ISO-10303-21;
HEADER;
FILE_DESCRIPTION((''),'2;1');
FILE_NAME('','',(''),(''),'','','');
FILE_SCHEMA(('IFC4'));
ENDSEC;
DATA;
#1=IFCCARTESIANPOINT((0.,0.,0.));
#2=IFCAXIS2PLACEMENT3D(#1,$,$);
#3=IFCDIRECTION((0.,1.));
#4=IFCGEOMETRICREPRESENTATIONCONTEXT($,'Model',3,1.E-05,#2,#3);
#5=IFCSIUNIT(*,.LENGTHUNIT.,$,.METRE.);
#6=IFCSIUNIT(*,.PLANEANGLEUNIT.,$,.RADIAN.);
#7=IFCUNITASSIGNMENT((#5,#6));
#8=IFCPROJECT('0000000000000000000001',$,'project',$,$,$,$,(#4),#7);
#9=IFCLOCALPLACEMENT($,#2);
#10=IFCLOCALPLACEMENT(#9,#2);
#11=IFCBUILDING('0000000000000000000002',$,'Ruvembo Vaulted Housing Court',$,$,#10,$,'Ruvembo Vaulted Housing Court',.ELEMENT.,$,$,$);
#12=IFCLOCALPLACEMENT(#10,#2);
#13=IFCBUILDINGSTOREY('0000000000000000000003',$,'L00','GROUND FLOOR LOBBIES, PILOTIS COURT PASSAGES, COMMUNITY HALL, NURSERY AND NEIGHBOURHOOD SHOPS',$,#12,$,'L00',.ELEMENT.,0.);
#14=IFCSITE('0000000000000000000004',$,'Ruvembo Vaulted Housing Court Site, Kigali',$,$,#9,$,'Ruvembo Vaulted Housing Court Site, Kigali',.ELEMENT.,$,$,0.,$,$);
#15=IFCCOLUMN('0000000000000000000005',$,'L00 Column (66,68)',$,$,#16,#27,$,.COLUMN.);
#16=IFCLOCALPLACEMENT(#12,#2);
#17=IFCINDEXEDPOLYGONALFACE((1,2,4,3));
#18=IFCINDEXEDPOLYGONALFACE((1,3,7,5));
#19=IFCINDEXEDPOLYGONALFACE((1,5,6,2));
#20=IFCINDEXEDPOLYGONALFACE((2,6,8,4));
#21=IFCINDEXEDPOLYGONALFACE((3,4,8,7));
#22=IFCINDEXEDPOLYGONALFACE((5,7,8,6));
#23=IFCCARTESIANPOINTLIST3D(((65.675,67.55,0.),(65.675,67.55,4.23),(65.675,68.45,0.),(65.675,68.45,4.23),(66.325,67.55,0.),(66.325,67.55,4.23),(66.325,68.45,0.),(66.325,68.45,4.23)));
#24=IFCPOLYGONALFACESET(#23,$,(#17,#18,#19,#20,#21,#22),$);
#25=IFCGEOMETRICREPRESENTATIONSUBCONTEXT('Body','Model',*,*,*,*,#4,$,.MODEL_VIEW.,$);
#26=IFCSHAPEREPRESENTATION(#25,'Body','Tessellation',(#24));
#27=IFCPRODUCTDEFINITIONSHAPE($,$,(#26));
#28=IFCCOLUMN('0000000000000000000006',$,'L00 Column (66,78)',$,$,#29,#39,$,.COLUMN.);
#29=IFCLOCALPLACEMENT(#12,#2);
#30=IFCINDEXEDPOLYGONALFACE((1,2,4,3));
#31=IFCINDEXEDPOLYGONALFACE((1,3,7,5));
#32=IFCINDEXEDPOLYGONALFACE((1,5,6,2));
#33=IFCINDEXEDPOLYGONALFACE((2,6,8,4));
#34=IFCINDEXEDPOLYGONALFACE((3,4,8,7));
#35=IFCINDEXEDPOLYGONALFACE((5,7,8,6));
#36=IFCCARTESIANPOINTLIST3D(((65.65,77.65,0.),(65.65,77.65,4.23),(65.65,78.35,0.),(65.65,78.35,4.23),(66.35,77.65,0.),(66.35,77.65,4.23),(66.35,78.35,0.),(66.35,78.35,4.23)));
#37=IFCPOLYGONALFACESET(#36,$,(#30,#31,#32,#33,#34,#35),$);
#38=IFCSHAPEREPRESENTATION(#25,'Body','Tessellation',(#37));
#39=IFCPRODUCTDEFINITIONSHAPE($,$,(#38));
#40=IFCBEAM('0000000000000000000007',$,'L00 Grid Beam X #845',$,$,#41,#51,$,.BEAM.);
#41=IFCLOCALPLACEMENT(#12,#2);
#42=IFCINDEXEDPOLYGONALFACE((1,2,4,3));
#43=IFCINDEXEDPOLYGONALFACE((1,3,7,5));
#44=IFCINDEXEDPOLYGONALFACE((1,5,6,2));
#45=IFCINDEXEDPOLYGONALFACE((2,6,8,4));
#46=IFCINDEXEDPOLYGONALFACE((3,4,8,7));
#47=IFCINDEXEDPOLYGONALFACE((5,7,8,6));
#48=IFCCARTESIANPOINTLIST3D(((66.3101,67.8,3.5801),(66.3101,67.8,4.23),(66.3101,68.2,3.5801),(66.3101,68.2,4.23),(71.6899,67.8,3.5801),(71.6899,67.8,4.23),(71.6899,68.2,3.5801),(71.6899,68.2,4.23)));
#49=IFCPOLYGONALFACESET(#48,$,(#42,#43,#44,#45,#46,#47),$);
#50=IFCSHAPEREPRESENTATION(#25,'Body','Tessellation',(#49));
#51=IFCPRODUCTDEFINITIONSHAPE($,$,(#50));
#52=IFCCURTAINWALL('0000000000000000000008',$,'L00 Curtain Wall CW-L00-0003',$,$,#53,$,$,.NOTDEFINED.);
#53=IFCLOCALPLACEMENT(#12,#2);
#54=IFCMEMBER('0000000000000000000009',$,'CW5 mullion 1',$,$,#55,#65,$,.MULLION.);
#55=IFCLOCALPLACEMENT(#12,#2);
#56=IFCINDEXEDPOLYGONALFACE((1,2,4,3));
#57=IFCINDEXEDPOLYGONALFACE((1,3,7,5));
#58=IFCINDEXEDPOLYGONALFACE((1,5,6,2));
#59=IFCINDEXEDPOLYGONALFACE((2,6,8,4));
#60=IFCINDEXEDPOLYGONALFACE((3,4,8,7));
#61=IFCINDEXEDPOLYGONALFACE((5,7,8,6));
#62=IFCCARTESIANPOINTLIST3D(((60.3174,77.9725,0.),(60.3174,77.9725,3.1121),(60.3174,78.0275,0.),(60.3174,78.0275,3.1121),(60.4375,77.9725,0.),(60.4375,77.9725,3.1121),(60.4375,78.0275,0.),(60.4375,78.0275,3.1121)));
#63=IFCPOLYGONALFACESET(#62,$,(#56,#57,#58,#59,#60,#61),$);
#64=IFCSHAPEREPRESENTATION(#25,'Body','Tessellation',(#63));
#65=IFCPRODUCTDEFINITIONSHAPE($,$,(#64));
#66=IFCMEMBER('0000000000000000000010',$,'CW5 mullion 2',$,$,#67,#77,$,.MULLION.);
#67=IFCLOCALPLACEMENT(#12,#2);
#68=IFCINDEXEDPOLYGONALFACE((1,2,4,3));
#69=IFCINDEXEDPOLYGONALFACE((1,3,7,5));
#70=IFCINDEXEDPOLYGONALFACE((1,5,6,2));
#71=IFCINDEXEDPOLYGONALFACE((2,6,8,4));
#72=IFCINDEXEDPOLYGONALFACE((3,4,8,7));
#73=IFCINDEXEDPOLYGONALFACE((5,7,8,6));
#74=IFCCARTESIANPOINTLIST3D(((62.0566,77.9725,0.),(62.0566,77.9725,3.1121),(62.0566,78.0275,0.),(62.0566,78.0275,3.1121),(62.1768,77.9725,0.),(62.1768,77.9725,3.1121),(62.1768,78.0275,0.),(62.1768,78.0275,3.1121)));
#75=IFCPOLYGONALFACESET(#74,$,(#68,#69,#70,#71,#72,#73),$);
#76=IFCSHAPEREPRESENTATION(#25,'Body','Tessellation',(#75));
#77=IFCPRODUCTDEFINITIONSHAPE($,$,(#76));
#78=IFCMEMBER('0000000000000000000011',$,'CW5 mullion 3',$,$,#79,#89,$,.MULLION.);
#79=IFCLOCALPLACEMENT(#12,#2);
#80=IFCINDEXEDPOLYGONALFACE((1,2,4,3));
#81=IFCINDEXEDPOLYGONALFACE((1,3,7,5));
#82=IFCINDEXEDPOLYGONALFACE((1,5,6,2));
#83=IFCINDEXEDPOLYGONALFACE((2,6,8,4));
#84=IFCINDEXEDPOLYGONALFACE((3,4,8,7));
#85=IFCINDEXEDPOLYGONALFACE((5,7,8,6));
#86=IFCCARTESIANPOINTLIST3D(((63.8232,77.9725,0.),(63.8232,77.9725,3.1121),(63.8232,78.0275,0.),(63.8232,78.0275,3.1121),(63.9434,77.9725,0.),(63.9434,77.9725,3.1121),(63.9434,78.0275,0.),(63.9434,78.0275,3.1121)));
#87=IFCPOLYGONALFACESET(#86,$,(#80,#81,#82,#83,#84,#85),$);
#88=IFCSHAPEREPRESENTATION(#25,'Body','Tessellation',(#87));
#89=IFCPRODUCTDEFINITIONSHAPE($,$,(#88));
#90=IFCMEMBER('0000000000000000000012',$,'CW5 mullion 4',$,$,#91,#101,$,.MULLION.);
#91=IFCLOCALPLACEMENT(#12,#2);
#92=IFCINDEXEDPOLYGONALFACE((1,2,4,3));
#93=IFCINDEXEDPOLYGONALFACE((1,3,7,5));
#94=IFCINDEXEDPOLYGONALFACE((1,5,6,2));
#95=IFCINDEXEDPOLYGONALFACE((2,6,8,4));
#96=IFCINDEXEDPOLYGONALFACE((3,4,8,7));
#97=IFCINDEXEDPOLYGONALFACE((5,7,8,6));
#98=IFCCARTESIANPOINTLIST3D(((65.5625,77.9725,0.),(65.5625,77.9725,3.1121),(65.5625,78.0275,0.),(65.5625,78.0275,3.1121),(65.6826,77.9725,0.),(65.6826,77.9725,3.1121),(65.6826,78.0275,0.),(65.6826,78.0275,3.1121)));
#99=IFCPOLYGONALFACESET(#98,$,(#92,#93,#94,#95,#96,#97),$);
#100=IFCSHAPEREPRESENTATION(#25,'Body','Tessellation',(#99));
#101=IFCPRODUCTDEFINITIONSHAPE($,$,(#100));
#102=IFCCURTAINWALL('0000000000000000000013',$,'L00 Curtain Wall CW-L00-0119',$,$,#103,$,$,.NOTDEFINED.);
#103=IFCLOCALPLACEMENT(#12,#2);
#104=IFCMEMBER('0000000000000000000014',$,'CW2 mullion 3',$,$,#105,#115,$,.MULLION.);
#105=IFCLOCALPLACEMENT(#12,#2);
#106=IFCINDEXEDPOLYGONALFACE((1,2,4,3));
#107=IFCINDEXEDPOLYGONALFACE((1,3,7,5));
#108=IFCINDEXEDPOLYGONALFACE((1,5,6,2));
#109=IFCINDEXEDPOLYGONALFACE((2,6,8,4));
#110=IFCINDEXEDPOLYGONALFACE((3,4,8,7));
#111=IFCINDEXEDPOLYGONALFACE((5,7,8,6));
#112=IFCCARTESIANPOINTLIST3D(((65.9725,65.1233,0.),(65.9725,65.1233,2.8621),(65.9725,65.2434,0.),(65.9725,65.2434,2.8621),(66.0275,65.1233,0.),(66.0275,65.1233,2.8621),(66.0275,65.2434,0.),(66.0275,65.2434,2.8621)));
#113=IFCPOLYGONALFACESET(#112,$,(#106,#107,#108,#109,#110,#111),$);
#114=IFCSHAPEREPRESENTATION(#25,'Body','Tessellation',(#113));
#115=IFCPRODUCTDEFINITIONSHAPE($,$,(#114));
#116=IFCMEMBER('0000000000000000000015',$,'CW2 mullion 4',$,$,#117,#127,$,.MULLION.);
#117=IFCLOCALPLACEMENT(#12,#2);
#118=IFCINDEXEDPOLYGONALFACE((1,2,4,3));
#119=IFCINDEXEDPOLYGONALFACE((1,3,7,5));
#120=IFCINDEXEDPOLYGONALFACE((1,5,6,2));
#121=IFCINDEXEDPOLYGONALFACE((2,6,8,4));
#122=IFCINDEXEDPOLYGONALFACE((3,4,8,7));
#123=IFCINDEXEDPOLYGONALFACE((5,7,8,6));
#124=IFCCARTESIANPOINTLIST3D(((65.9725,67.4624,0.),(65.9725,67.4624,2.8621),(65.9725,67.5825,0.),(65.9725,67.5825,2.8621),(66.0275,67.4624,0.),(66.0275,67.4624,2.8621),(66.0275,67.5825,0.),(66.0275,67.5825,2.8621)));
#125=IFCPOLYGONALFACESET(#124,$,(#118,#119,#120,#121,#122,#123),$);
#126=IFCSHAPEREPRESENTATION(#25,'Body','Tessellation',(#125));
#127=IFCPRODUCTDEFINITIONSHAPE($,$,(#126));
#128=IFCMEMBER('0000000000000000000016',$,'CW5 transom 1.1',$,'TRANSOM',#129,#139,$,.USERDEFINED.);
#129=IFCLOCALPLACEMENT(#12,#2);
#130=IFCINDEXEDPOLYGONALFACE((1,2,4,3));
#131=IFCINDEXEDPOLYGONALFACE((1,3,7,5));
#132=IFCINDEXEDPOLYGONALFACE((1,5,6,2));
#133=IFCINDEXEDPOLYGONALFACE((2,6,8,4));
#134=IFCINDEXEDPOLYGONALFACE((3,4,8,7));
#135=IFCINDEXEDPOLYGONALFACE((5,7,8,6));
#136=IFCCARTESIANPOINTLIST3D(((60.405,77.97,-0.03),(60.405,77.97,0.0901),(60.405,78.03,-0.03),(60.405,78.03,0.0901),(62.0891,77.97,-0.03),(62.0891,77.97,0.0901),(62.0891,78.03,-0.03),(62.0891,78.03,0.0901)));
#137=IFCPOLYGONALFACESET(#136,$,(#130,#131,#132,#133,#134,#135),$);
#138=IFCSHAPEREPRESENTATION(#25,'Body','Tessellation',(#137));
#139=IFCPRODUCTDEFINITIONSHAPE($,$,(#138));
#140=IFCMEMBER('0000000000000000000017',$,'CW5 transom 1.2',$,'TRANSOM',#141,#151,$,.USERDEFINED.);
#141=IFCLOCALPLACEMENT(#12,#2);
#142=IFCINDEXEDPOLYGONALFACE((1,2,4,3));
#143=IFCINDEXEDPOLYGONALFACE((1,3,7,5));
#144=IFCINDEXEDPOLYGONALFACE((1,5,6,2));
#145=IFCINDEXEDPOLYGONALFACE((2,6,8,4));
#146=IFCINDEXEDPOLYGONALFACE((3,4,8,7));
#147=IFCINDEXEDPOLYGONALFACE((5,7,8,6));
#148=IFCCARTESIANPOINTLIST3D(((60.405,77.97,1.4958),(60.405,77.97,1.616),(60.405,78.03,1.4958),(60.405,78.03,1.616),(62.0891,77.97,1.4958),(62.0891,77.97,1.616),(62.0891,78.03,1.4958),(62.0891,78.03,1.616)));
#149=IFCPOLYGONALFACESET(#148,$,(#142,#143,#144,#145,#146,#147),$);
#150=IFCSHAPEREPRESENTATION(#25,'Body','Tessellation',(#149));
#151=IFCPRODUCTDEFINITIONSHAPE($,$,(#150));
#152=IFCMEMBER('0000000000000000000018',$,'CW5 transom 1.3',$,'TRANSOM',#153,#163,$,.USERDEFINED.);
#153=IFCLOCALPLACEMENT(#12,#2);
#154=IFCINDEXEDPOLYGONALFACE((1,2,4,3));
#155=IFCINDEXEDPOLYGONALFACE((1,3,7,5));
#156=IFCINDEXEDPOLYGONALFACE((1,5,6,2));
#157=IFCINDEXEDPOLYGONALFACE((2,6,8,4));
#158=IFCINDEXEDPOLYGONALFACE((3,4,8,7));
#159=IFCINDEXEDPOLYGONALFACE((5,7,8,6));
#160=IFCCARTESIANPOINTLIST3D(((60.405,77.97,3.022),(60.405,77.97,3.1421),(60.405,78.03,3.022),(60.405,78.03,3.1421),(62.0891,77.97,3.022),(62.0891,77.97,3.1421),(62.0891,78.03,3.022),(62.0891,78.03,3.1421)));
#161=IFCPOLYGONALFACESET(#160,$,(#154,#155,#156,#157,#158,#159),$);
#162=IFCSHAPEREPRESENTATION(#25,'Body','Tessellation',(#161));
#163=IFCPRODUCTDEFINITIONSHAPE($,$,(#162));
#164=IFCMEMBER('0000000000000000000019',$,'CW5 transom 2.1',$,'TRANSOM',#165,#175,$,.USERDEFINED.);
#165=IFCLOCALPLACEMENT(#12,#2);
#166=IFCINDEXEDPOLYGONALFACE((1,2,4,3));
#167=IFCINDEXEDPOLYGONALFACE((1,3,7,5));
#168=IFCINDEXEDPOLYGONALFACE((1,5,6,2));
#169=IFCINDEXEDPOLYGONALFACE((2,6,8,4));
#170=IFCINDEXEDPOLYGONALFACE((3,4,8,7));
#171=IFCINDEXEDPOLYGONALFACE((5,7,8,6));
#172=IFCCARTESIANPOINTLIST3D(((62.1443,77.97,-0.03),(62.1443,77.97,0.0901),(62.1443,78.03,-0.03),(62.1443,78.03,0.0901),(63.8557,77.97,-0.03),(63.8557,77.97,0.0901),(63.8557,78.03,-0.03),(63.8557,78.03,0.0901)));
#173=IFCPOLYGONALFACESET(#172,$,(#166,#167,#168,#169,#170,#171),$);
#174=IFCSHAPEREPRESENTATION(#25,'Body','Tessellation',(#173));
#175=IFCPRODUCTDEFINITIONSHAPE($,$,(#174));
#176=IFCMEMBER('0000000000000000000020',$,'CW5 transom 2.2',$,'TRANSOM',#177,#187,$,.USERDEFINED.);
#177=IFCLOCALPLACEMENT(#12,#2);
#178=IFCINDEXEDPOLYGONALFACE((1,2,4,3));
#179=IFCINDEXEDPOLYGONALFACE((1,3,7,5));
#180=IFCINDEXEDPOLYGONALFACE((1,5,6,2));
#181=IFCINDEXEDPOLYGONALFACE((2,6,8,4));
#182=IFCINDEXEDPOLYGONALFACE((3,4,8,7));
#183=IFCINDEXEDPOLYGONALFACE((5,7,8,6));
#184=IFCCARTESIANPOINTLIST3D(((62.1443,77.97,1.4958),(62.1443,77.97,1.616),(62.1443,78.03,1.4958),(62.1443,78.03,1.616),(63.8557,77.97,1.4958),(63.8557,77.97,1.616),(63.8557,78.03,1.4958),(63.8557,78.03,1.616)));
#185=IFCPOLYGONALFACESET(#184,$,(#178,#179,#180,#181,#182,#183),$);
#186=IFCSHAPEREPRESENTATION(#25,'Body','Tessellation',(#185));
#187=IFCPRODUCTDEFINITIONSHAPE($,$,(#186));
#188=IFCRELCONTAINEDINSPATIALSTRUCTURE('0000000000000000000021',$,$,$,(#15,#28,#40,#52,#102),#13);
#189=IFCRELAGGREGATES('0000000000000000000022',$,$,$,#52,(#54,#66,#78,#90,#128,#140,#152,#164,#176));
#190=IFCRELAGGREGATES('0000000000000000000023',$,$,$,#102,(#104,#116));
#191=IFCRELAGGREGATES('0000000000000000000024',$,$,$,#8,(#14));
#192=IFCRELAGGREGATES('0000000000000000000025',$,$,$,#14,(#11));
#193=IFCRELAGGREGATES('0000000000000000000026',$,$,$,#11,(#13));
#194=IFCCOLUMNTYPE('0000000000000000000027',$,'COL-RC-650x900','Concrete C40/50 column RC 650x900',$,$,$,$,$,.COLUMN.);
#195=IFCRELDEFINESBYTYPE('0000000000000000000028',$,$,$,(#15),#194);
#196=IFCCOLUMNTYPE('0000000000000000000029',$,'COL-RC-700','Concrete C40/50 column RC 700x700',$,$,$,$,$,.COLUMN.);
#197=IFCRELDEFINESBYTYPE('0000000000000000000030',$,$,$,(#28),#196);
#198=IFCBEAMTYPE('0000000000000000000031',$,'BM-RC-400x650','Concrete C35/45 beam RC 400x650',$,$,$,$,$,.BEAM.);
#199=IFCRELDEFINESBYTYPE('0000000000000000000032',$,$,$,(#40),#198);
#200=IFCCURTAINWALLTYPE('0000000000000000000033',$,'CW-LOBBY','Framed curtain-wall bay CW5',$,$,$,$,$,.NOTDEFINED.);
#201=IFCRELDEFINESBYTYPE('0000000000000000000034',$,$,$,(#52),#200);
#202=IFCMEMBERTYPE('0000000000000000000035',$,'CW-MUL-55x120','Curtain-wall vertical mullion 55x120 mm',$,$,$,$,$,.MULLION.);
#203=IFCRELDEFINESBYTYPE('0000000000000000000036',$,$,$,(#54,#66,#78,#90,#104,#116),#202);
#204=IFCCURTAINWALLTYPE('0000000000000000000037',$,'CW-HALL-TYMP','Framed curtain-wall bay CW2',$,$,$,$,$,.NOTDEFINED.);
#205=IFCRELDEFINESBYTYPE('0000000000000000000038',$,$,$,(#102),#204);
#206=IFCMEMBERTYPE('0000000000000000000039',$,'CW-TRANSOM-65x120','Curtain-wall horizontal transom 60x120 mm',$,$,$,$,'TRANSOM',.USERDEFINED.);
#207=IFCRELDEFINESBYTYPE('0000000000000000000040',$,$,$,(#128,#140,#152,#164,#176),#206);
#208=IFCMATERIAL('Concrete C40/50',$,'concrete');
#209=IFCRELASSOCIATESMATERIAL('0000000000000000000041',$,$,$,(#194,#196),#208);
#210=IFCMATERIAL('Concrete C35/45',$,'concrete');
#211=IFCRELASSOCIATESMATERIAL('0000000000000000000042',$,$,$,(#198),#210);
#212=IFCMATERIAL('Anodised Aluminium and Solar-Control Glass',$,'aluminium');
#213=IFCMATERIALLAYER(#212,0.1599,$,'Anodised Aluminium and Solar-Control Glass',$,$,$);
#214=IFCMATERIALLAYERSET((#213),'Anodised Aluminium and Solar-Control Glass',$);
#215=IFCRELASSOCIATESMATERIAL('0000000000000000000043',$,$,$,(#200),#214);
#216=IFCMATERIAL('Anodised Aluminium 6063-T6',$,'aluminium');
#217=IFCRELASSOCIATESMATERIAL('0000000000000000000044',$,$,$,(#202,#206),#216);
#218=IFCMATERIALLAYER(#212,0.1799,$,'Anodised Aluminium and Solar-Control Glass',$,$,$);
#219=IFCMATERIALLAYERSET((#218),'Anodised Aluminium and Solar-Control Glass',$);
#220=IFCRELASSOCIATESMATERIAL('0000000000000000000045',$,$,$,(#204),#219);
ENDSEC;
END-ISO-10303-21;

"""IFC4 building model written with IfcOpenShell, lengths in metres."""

from ifc_helpers import new_model, si_unit, direction, frame, origin, origin_2d, place, context, subcontext, project, spatial, rectangle, extrude, material, layer, layer_set, material_profile, profile_set, type_object, element, aggregate, save


model = new_model("IFC4")

# Units and contexts
model_context = context("Model", 3, precision=1e-05, world=origin(), true_north=direction((0.0, 1.0)))
body_context = subcontext(model_context, "Body", "Model", "MODEL_VIEW")
ifc_project = project(units=[si_unit("LENGTHUNIT", "METRE"), si_unit("PLANEANGLEUNIT", "RADIAN")], contexts=[model_context])

# Site, building, storey
site_placement = place(None, origin())
site = spatial("IfcSite", under=ifc_project, at=site_placement, Name="Ruvembo Vaulted Housing Court Site, Kigali", LongName="Ruvembo Vaulted Housing Court Site, Kigali", CompositionType="ELEMENT", RefElevation=0.0)
building_placement = place(site_placement, origin())
building = spatial("IfcBuilding", under=site, at=building_placement, Name="Ruvembo Vaulted Housing Court", LongName="Ruvembo Vaulted Housing Court", CompositionType="ELEMENT")
storey_placement = place(building_placement, origin())
storey = spatial("IfcBuildingStorey", under=building, at=storey_placement, Name="L00", Description="GROUND FLOOR LOBBIES, PILOTIS COURT PASSAGES, COMMUNITY HALL, NURSERY AND NEIGHBOURHOOD SHOPS", LongName="L00", CompositionType="ELEMENT", Elevation=0.0)

# Columns
ifc_material_1 = material(Name="Concrete C40/50", Category="concrete")
ifc_material_profile_1 = material_profile(ifc_material_1, rectangle(XDim=0.6499, YDim=0.8999, at=origin_2d()), Name="RC 650x900")
ifc_profile_set_1 = profile_set([ifc_material_profile_1], Name="Concrete C40/50")
column_type_1 = type_object("IfcColumnType", Name="COL-RC-650x900", Description="Concrete C40/50 column RC 650x900", PredefinedType="COLUMN", material=ifc_profile_set_1)
column_1_placement = place(storey_placement, frame((66.0, 68.0, 0.0), z_axis=(0.0, 0.0, 1.0), x_axis=(1.0, 0.0, 0.0)))
element("IfcColumn", 1, at=column_1_placement, inside=storey, type_object=column_type_1, Name="L00 Column (66,68)", PredefinedType="COLUMN", context=body_context, shape_type="SweptSolid", body=[
    extrude(rectangle(XDim=0.6499, YDim=0.8999, at=origin_2d()), origin(), (0.0, 0.0, 1.0), 4.23),
])
ifc_material_profile_2 = material_profile(ifc_material_1, rectangle(XDim=0.7, YDim=0.7, at=origin_2d()), Name="RC 700x700")
ifc_profile_set_2 = profile_set([ifc_material_profile_2], Name="Concrete C40/50")
column_type_2 = type_object("IfcColumnType", Name="COL-RC-700", Description="Concrete C40/50 column RC 700x700", PredefinedType="COLUMN", material=ifc_profile_set_2)
column_2_placement = place(storey_placement, frame((66.0, 78.0, 0.0), z_axis=(0.0, 0.0, 1.0), x_axis=(1.0, 0.0, 0.0)))
element("IfcColumn", 2, at=column_2_placement, inside=storey, type_object=column_type_2, Name="L00 Column (66,78)", PredefinedType="COLUMN", context=body_context, shape_type="SweptSolid", body=[
    extrude(rectangle(XDim=0.7, YDim=0.7, at=origin_2d()), origin(), (0.0, 0.0, 1.0), 4.23),
])

# Beam
ifc_material_2 = material(Name="Concrete C35/45", Category="concrete")
ifc_material_profile_3 = material_profile(ifc_material_2, rectangle(XDim=0.3999, YDim=0.6499, at=origin_2d()), Name="RC 400x650")
ifc_profile_set_3 = profile_set([ifc_material_profile_3], Name="Concrete C35/45")
beam_type_1 = type_object("IfcBeamType", Name="BM-RC-400x650", Description="Concrete C35/45 beam RC 400x650", PredefinedType="BEAM", material=ifc_profile_set_3)
beam_placement = place(storey_placement, frame((66.3101, 68.0, 3.905), z_axis=(1.0, 0.0, 0.0), x_axis=(0.0, 1.0, 0.0)))
element("IfcBeam", 3, at=beam_placement, inside=storey, type_object=beam_type_1, Name="L00 Grid Beam X #845", PredefinedType="BEAM", context=body_context, shape_type="SweptSolid", body=[
    extrude(rectangle(XDim=0.3999, YDim=0.6499, at=origin_2d()), origin(), (0.0, 0.0, 1.0), 5.3799),
])

# Curtain walls, members
ifc_material_3 = material(Name="Anodised Aluminium and Solar-Control Glass", Category="aluminium")
ifc_layer_1 = layer(ifc_material_3, 0.1599, Name="Anodised Aluminium and Solar-Control Glass")
ifc_layer_set_1 = layer_set([ifc_layer_1], Name="Anodised Aluminium and Solar-Control Glass")
curtain_wall_type_1 = type_object("IfcCurtainWallType", Name="CW-LOBBY", Description="Framed curtain-wall bay CW5", PredefinedType="NOTDEFINED", material=ifc_layer_set_1)
curtain_wall_1_placement = place(storey_placement, origin())
curtain_wall_1 = element("IfcCurtainWall", 4, at=curtain_wall_1_placement, inside=storey, type_object=curtain_wall_type_1, Name="L00 Curtain Wall CW-L00-0003", PredefinedType="NOTDEFINED")
ifc_material_4 = material(Name="Anodised Aluminium 6063-T6", Category="aluminium")
ifc_material_profile_4 = material_profile(ifc_material_4, rectangle(XDim=0.0549, YDim=0.1201, at=origin_2d()), Name="ALU 55x120")
ifc_profile_set_4 = profile_set([ifc_material_profile_4], Name="Anodised Aluminium 6063-T6")
member_type_1 = type_object("IfcMemberType", Name="CW-MUL-55x120", Description="Curtain-wall vertical mullion 55x120 mm", PredefinedType="MULLION", material=ifc_profile_set_4)
member_1_placement = place(storey_placement, frame((60.3774, 78.0, 0.0), z_axis=(0.0, 0.0, 1.0), x_axis=(0.0, 1.0, 0.0)))
member_1 = element("IfcMember", 5, at=member_1_placement, type_object=member_type_1, Name="CW5 mullion 1", PredefinedType="MULLION", context=body_context, shape_type="SweptSolid", body=[
    extrude(rectangle(XDim=0.0549, YDim=0.1201, at=origin_2d()), origin(), (0.0, 0.0, 1.0), 3.1121),
])
member_2_placement = place(storey_placement, frame((62.1167, 78.0, 0.0), z_axis=(0.0, 0.0, 1.0), x_axis=(0.0, 1.0, 0.0)))
member_2 = element("IfcMember", 6, at=member_2_placement, type_object=member_type_1, Name="CW5 mullion 2", PredefinedType="MULLION", context=body_context, shape_type="SweptSolid", body=[
    extrude(rectangle(XDim=0.0549, YDim=0.1201, at=origin_2d()), origin(), (0.0, 0.0, 1.0), 3.1121),
])
member_3_placement = place(storey_placement, frame((63.8833, 78.0, 0.0), z_axis=(0.0, 0.0, 1.0), x_axis=(0.0, 1.0, 0.0)))
member_3 = element("IfcMember", 7, at=member_3_placement, type_object=member_type_1, Name="CW5 mullion 3", PredefinedType="MULLION", context=body_context, shape_type="SweptSolid", body=[
    extrude(rectangle(XDim=0.0549, YDim=0.1201, at=origin_2d()), origin(), (0.0, 0.0, 1.0), 3.1121),
])
member_4_placement = place(storey_placement, frame((65.6226, 78.0, 0.0), z_axis=(0.0, 0.0, 1.0), x_axis=(0.0, 1.0, 0.0)))
member_4 = element("IfcMember", 8, at=member_4_placement, type_object=member_type_1, Name="CW5 mullion 4", PredefinedType="MULLION", context=body_context, shape_type="SweptSolid", body=[
    extrude(rectangle(XDim=0.0549, YDim=0.1201, at=origin_2d()), origin(), (0.0, 0.0, 1.0), 3.1121),
])
ifc_layer_2 = layer(ifc_material_3, 0.1799, Name="Anodised Aluminium and Solar-Control Glass")
ifc_layer_set_2 = layer_set([ifc_layer_2], Name="Anodised Aluminium and Solar-Control Glass")
curtain_wall_type_2 = type_object("IfcCurtainWallType", Name="CW-HALL-TYMP", Description="Framed curtain-wall bay CW2", PredefinedType="NOTDEFINED", material=ifc_layer_set_2)
curtain_wall_2_placement = place(storey_placement, origin())
curtain_wall_2 = element("IfcCurtainWall", 9, at=curtain_wall_2_placement, inside=storey, type_object=curtain_wall_type_2, Name="L00 Curtain Wall CW-L00-0119", PredefinedType="NOTDEFINED")
member_5_placement = place(storey_placement, frame((66.0, 65.1833, 0.0), z_axis=(0.0, 0.0, 1.0), x_axis=(-1.0, 0.0, 0.0)))
member_5 = element("IfcMember", 10, at=member_5_placement, type_object=member_type_1, Name="CW2 mullion 3", PredefinedType="MULLION", context=body_context, shape_type="SweptSolid", body=[
    extrude(rectangle(XDim=0.0549, YDim=0.1201, at=origin_2d()), origin(), (0.0, 0.0, 1.0), 2.8621),
])
member_6_placement = place(storey_placement, frame((66.0, 67.5225, 0.0), z_axis=(0.0, 0.0, 1.0), x_axis=(-1.0, 0.0, 0.0)))
member_6 = element("IfcMember", 11, at=member_6_placement, type_object=member_type_1, Name="CW2 mullion 4", PredefinedType="MULLION", context=body_context, shape_type="SweptSolid", body=[
    extrude(rectangle(XDim=0.0549, YDim=0.1201, at=origin_2d()), origin(), (0.0, 0.0, 1.0), 2.8621),
])

# Members
ifc_material_profile_5 = material_profile(ifc_material_4, rectangle(XDim=0.0601, YDim=0.1201, at=origin_2d()), Name="ALU 60x120")
ifc_profile_set_5 = profile_set([ifc_material_profile_5], Name="Anodised Aluminium 6063-T6")
member_type_2 = type_object("IfcMemberType", Name="CW-TRANSOM-65x120", Description="Curtain-wall horizontal transom 60x120 mm", ElementType="TRANSOM", PredefinedType="USERDEFINED", material=ifc_profile_set_5)
member_7_placement = place(storey_placement, frame((60.405, 78.0, 0.03), z_axis=(1.0, 0.0, 0.0), x_axis=(0.0, 1.0, 0.0)))
member_7 = element("IfcMember", 12, at=member_7_placement, type_object=member_type_2, Name="CW5 transom 1.1", ObjectType="TRANSOM", PredefinedType="USERDEFINED", context=body_context, shape_type="SweptSolid", body=[
    extrude(rectangle(XDim=0.0601, YDim=0.1201, at=origin_2d()), origin(), (0.0, 0.0, 1.0), 1.6841),
])
member_8_placement = place(storey_placement, frame((60.405, 78.0, 1.5559), z_axis=(1.0, 0.0, 0.0), x_axis=(0.0, 1.0, 0.0)))
member_8 = element("IfcMember", 13, at=member_8_placement, type_object=member_type_2, Name="CW5 transom 1.2", ObjectType="TRANSOM", PredefinedType="USERDEFINED", context=body_context, shape_type="SweptSolid", body=[
    extrude(rectangle(XDim=0.0601, YDim=0.1201, at=origin_2d()), origin(), (0.0, 0.0, 1.0), 1.6841),
])
member_9_placement = place(storey_placement, frame((60.405, 78.0, 3.082), z_axis=(1.0, 0.0, 0.0), x_axis=(0.0, 1.0, 0.0)))
member_9 = element("IfcMember", 14, at=member_9_placement, type_object=member_type_2, Name="CW5 transom 1.3", ObjectType="TRANSOM", PredefinedType="USERDEFINED", context=body_context, shape_type="SweptSolid", body=[
    extrude(rectangle(XDim=0.0601, YDim=0.1201, at=origin_2d()), origin(), (0.0, 0.0, 1.0), 1.6841),
])
member_10_placement = place(storey_placement, frame((62.1443, 78.0, 0.03), z_axis=(1.0, 0.0, 0.0), x_axis=(0.0, 1.0, 0.0)))
member_10 = element("IfcMember", 15, at=member_10_placement, type_object=member_type_2, Name="CW5 transom 2.1", ObjectType="TRANSOM", PredefinedType="USERDEFINED", context=body_context, shape_type="SweptSolid", body=[
    extrude(rectangle(XDim=0.0601, YDim=0.1201, at=origin_2d()), origin(), (0.0, 0.0, 1.0), 1.7114),
])
member_11_placement = place(storey_placement, frame((62.1443, 78.0, 1.5559), z_axis=(1.0, 0.0, 0.0), x_axis=(0.0, 1.0, 0.0)))
member_11 = element("IfcMember", 16, at=member_11_placement, type_object=member_type_2, Name="CW5 transom 2.2", ObjectType="TRANSOM", PredefinedType="USERDEFINED", context=body_context, shape_type="SweptSolid", body=[
    extrude(rectangle(XDim=0.0601, YDim=0.1201, at=origin_2d()), origin(), (0.0, 0.0, 1.0), 1.7114),
])

aggregate(curtain_wall_1, [member_1, member_2, member_3, member_4, member_7, member_8, member_9, member_10, member_11])
aggregate(curtain_wall_2, [member_5, member_6])

save(model, "model.ifc")
